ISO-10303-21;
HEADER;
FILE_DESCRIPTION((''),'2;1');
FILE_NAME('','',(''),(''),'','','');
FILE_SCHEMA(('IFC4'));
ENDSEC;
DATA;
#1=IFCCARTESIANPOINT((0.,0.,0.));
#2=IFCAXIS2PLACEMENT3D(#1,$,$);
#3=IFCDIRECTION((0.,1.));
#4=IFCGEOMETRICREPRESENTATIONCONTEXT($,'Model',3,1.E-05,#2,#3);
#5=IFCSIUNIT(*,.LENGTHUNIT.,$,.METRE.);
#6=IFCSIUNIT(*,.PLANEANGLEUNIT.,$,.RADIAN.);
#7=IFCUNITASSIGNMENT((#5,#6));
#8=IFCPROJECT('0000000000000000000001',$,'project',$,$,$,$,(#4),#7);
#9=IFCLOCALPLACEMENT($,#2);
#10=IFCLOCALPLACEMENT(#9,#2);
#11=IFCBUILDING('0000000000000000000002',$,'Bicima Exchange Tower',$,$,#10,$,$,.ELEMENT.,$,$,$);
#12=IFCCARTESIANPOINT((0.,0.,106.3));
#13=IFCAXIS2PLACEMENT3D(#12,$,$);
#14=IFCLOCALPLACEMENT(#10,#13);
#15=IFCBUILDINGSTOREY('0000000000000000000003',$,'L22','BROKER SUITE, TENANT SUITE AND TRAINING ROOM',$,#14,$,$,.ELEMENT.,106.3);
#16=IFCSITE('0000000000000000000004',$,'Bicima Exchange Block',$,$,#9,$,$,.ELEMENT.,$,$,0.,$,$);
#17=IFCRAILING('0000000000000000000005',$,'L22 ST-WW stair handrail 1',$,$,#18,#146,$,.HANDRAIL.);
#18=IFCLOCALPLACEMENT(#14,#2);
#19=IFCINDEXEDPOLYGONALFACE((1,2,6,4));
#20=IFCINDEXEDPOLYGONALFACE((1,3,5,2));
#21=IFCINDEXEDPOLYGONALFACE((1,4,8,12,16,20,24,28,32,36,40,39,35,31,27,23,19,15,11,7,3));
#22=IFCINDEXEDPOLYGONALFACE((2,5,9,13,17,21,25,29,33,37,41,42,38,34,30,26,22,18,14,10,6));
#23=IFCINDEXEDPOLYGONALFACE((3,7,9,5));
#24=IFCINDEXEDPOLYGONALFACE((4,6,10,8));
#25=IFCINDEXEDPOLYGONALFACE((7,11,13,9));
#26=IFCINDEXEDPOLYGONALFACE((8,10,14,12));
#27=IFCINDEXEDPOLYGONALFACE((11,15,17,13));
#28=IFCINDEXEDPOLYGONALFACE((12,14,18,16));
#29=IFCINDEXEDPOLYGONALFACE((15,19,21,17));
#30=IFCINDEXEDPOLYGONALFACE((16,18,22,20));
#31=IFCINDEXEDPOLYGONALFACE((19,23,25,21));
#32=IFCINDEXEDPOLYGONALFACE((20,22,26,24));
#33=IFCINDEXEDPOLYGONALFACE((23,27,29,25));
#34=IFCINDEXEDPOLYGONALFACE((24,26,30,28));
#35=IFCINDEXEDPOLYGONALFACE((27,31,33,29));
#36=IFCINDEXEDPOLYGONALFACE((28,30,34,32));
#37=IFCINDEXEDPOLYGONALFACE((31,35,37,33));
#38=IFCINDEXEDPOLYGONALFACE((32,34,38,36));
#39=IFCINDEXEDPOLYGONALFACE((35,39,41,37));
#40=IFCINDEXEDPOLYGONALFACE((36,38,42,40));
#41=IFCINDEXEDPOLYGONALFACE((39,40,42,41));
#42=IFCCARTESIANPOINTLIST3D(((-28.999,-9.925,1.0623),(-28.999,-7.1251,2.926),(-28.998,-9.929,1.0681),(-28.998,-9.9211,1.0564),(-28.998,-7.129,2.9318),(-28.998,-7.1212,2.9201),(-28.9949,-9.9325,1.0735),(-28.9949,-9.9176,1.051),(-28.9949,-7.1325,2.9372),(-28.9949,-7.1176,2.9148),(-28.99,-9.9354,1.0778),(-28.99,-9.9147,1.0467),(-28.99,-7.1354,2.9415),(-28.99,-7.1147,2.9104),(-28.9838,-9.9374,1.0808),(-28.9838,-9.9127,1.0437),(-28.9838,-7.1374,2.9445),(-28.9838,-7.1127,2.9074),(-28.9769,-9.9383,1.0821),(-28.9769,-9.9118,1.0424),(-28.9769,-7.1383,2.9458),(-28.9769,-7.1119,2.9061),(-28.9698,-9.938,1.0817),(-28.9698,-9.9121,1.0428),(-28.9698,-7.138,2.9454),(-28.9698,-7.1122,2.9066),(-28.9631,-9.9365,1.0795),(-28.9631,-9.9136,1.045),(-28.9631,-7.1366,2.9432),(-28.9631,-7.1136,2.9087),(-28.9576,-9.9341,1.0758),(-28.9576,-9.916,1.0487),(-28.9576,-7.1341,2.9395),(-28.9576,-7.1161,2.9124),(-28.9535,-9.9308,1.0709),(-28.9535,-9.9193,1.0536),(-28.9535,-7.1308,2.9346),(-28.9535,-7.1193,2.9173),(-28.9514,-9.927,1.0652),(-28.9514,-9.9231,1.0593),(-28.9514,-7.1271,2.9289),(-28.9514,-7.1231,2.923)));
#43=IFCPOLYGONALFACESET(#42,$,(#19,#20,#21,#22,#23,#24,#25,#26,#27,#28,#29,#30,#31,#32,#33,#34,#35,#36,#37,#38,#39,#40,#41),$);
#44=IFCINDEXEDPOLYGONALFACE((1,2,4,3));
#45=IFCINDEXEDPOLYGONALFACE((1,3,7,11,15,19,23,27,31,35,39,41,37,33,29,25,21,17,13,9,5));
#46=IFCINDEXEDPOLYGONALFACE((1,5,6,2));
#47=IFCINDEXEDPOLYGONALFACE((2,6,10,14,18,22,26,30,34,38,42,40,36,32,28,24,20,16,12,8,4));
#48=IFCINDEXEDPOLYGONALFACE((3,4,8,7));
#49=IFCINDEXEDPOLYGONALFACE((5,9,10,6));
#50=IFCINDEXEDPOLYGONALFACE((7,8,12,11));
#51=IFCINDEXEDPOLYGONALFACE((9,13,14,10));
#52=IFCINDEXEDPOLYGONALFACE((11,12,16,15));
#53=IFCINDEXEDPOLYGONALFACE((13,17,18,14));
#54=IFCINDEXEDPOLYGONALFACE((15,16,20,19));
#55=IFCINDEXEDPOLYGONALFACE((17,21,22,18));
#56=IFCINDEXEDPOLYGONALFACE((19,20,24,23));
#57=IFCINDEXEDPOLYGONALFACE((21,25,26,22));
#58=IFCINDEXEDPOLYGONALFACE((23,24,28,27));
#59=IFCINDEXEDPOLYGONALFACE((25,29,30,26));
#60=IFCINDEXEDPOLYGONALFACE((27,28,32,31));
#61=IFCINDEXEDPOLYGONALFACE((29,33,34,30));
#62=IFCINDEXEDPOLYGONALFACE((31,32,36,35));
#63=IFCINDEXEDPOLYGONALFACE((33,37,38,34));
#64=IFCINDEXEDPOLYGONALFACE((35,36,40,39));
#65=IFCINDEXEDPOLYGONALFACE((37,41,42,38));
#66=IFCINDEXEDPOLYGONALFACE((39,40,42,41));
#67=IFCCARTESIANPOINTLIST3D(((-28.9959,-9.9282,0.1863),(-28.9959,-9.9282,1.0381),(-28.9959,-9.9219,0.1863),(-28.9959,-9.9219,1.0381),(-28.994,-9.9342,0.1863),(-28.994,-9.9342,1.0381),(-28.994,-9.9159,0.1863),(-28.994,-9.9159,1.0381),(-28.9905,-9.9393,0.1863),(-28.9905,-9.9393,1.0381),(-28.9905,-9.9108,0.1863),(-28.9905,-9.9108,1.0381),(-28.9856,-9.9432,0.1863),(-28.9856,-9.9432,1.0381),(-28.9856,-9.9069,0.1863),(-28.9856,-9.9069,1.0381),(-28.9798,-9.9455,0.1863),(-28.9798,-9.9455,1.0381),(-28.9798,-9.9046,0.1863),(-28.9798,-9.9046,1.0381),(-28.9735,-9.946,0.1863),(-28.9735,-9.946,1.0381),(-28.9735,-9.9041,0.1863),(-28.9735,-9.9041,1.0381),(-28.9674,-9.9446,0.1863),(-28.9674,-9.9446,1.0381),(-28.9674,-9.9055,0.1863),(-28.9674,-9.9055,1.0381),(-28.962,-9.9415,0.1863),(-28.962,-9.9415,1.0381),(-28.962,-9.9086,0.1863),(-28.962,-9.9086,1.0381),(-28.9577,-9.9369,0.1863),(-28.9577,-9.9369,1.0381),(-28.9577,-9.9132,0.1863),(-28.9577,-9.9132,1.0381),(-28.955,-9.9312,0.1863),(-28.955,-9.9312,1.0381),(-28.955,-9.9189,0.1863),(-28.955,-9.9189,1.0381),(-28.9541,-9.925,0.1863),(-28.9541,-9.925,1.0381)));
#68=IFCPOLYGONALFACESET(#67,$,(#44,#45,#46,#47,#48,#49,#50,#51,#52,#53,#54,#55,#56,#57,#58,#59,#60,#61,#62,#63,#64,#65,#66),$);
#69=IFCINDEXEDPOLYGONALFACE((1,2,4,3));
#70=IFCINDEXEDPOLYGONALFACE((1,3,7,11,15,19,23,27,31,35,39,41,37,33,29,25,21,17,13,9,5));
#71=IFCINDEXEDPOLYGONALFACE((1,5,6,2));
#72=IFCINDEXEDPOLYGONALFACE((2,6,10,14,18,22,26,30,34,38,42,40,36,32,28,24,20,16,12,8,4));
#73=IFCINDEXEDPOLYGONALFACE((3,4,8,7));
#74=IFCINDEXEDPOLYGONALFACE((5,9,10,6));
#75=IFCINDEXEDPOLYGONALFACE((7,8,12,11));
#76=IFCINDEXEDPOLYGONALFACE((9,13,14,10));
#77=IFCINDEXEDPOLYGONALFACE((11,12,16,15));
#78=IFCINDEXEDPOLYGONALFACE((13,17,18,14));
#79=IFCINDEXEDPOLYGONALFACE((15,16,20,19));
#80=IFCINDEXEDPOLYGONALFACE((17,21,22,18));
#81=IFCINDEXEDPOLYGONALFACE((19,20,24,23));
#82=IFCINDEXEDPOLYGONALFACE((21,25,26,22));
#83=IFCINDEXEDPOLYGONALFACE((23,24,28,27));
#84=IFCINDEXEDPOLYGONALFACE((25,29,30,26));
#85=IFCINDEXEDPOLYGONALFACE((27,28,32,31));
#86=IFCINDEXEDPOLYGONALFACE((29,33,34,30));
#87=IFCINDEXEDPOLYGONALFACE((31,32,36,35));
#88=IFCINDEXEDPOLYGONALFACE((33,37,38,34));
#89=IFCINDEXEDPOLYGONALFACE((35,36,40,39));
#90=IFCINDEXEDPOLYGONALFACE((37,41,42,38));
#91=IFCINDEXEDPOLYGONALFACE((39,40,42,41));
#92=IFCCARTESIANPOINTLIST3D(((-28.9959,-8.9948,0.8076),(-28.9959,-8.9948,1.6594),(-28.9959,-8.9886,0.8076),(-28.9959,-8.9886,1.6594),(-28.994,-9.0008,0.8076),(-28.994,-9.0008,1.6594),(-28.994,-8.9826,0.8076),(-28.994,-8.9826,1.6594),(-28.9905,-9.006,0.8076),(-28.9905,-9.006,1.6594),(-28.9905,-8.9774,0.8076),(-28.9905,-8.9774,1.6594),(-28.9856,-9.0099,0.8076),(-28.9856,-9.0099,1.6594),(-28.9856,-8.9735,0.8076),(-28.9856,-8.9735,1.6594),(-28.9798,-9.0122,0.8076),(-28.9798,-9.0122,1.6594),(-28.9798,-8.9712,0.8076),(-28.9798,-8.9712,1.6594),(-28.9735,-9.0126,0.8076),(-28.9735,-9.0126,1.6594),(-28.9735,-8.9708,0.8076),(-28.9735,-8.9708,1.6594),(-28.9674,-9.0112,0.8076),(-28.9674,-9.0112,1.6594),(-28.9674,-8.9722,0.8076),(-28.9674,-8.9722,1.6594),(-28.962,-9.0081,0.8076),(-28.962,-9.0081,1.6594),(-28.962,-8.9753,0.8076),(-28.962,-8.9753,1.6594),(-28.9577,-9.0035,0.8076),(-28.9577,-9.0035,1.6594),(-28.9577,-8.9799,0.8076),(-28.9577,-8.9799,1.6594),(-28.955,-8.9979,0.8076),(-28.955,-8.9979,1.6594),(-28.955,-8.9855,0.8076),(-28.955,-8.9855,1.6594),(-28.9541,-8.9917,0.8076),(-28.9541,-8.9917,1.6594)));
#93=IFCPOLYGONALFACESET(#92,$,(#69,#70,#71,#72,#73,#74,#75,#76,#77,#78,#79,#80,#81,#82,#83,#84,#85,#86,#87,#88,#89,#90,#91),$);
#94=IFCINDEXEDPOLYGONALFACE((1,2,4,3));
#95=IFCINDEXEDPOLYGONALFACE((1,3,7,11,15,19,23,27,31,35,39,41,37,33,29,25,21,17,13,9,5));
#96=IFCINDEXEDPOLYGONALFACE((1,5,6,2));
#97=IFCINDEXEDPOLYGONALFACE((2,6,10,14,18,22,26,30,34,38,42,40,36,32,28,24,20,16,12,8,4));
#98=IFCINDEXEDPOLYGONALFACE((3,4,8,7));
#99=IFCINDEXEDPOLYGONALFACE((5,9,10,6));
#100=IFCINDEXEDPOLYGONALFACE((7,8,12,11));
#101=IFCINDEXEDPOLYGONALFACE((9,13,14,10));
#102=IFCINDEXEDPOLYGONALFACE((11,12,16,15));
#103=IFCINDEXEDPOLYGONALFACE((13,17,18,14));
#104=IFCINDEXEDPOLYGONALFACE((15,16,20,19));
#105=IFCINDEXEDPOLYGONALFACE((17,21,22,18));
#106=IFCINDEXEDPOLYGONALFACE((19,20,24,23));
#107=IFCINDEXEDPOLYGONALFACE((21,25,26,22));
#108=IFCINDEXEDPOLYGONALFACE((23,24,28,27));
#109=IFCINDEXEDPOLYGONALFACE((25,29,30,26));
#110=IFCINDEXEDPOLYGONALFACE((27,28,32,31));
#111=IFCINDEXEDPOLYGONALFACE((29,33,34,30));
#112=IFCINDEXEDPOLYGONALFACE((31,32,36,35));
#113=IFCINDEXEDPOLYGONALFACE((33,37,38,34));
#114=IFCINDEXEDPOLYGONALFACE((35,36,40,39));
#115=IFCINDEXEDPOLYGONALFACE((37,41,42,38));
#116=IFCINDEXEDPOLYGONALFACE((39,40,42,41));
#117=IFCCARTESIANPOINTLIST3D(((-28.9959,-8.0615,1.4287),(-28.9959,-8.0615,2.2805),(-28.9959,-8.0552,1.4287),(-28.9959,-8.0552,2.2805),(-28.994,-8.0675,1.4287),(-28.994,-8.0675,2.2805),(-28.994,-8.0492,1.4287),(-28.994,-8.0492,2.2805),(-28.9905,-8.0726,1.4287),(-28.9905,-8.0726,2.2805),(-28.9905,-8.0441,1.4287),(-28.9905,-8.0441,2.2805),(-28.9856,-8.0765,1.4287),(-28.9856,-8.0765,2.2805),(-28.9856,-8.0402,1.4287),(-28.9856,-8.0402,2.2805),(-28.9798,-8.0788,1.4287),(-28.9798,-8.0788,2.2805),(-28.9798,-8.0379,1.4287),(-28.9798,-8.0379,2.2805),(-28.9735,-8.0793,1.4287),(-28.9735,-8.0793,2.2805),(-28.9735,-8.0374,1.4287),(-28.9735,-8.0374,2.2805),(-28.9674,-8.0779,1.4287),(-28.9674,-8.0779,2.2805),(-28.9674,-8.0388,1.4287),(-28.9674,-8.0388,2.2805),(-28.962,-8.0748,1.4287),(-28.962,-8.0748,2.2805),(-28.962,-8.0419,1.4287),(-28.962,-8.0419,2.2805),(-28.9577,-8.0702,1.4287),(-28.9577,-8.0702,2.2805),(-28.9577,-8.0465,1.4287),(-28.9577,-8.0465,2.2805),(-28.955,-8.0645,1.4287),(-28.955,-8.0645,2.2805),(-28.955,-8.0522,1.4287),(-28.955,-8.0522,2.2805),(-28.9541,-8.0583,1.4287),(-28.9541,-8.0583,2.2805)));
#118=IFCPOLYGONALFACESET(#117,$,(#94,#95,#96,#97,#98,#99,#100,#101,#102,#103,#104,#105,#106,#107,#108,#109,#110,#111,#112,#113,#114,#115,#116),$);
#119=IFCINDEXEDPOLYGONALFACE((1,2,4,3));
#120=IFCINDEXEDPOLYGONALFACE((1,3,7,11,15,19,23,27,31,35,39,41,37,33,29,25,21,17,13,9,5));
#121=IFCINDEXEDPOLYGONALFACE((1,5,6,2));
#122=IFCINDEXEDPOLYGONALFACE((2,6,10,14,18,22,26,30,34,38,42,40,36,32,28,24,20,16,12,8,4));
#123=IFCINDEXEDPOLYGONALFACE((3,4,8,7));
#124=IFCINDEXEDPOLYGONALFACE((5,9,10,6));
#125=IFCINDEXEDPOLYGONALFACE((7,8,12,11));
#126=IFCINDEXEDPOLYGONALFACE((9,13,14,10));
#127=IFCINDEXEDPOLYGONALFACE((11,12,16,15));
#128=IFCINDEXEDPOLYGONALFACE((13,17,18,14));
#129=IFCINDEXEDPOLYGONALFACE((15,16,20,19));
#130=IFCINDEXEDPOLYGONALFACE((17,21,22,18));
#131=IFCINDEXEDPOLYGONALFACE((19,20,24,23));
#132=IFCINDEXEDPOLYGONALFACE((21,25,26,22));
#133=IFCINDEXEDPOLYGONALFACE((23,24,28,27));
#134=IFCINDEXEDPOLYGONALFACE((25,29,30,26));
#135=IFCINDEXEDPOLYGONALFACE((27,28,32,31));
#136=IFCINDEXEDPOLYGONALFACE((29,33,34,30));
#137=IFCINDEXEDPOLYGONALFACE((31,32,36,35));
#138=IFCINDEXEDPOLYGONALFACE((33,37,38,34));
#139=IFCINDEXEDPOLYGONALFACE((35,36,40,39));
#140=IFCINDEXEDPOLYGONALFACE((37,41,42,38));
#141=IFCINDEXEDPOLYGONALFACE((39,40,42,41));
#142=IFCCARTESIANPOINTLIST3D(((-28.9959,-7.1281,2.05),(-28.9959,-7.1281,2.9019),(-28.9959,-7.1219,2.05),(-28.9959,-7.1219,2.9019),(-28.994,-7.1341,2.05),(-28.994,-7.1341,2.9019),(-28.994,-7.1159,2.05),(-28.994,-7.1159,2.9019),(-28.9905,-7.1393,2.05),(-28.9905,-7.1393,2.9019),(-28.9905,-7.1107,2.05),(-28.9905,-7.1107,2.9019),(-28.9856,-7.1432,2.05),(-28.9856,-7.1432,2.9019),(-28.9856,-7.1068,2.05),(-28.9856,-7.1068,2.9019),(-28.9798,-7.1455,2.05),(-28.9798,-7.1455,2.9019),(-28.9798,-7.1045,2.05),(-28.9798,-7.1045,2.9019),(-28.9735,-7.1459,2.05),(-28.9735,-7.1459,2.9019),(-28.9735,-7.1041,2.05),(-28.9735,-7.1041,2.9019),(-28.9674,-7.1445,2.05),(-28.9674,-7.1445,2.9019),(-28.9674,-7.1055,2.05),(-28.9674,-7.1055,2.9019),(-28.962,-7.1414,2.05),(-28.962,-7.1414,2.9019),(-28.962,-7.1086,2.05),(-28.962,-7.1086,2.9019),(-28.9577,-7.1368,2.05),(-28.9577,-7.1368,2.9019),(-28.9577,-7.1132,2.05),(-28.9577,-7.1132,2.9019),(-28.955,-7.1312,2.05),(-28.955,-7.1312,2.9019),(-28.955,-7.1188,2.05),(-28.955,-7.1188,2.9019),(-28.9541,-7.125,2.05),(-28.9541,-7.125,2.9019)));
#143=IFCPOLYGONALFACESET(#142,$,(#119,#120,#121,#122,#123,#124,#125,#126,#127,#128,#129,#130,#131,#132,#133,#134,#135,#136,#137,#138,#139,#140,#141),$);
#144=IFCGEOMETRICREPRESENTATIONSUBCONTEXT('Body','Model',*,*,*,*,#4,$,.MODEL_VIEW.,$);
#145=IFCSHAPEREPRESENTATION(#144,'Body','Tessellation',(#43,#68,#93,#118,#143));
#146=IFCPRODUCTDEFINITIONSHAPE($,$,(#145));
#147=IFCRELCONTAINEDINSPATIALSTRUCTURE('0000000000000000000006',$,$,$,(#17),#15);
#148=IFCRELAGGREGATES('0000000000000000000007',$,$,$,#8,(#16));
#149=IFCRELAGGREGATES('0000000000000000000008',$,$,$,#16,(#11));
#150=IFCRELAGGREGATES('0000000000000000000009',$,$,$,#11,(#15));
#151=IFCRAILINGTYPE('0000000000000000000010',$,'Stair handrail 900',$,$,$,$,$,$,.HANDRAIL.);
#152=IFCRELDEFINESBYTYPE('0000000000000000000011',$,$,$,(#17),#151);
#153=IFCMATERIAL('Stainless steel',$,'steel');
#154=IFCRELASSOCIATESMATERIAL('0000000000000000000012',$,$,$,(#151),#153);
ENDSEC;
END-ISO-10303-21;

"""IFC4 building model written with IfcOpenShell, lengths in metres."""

from ifc_helpers import new_model, si_unit, direction, frame, origin, origin_2d, place, context, subcontext, project, spatial, circle, extrude, material, type_object, element, save


model = new_model("IFC4")

# Units and contexts
model_context = context("Model", 3, precision=1e-05, world=origin(), true_north=direction((0.0, 1.0)))
body_context = subcontext(model_context, "Body", "Model", "MODEL_VIEW")
ifc_project = project(units=[si_unit("LENGTHUNIT", "METRE"), si_unit("PLANEANGLEUNIT", "RADIAN")], contexts=[model_context])

# Site, building, storey
site_placement = place(None, origin())
site = spatial("IfcSite", under=ifc_project, at=site_placement, Name="Bicima Exchange Block", CompositionType="ELEMENT", RefElevation=0.0)
building_placement = place(site_placement, origin())
building = spatial("IfcBuilding", under=site, at=building_placement, Name="Bicima Exchange Tower", CompositionType="ELEMENT")
storey_placement = place(building_placement, frame((0.0, 0.0, 106.3)))
storey = spatial("IfcBuildingStorey", under=building, at=storey_placement, Name="L22", Description="BROKER SUITE, TENANT SUITE AND TRAINING ROOM", CompositionType="ELEMENT", Elevation=106.3)

# Railing
ifc_material_1 = material(Name="Stainless steel", Category="steel")
railing_type = type_object("IfcRailingType", Name="Stair handrail 900", PredefinedType="HANDRAIL", material=ifc_material_1)
railing_placement = place(storey_placement, frame((-28.9751, -9.925, 0.1863)))
element("IfcRailing", 1, at=railing_placement, inside=storey, type_object=railing_type, Name="L22 ST-WW stair handrail 1", PredefinedType="HANDRAIL", context=body_context, shape_type="SweptSolid", body=[
    extrude(circle(Radius=0.0239, at=origin_2d()), frame((0.0, 0.0, 0.876), z_axis=(0.0, 0.832452, 0.554097), x_axis=(-1.0, 0.0, 0.0)), (0.0, 0.0, 1.0), 3.3635),
    extrude(circle(Radius=0.021, at=origin_2d()), origin(), (0.0, 0.0, 1.0), 0.8518),
    extrude(circle(Radius=0.021, at=origin_2d()), frame((0.0, 0.9333, 0.6213)), (0.0, 0.0, 1.0), 0.8518),
    extrude(circle(Radius=0.021, at=origin_2d()), frame((0.0, 1.8667, 1.2424)), (0.0, 0.0, 1.0), 0.8518),
    extrude(circle(Radius=0.021, at=origin_2d()), frame((0.0, 2.8, 1.8638)), (0.0, 0.0, 1.0), 0.8518),
])

save(model, "model.ifc")
